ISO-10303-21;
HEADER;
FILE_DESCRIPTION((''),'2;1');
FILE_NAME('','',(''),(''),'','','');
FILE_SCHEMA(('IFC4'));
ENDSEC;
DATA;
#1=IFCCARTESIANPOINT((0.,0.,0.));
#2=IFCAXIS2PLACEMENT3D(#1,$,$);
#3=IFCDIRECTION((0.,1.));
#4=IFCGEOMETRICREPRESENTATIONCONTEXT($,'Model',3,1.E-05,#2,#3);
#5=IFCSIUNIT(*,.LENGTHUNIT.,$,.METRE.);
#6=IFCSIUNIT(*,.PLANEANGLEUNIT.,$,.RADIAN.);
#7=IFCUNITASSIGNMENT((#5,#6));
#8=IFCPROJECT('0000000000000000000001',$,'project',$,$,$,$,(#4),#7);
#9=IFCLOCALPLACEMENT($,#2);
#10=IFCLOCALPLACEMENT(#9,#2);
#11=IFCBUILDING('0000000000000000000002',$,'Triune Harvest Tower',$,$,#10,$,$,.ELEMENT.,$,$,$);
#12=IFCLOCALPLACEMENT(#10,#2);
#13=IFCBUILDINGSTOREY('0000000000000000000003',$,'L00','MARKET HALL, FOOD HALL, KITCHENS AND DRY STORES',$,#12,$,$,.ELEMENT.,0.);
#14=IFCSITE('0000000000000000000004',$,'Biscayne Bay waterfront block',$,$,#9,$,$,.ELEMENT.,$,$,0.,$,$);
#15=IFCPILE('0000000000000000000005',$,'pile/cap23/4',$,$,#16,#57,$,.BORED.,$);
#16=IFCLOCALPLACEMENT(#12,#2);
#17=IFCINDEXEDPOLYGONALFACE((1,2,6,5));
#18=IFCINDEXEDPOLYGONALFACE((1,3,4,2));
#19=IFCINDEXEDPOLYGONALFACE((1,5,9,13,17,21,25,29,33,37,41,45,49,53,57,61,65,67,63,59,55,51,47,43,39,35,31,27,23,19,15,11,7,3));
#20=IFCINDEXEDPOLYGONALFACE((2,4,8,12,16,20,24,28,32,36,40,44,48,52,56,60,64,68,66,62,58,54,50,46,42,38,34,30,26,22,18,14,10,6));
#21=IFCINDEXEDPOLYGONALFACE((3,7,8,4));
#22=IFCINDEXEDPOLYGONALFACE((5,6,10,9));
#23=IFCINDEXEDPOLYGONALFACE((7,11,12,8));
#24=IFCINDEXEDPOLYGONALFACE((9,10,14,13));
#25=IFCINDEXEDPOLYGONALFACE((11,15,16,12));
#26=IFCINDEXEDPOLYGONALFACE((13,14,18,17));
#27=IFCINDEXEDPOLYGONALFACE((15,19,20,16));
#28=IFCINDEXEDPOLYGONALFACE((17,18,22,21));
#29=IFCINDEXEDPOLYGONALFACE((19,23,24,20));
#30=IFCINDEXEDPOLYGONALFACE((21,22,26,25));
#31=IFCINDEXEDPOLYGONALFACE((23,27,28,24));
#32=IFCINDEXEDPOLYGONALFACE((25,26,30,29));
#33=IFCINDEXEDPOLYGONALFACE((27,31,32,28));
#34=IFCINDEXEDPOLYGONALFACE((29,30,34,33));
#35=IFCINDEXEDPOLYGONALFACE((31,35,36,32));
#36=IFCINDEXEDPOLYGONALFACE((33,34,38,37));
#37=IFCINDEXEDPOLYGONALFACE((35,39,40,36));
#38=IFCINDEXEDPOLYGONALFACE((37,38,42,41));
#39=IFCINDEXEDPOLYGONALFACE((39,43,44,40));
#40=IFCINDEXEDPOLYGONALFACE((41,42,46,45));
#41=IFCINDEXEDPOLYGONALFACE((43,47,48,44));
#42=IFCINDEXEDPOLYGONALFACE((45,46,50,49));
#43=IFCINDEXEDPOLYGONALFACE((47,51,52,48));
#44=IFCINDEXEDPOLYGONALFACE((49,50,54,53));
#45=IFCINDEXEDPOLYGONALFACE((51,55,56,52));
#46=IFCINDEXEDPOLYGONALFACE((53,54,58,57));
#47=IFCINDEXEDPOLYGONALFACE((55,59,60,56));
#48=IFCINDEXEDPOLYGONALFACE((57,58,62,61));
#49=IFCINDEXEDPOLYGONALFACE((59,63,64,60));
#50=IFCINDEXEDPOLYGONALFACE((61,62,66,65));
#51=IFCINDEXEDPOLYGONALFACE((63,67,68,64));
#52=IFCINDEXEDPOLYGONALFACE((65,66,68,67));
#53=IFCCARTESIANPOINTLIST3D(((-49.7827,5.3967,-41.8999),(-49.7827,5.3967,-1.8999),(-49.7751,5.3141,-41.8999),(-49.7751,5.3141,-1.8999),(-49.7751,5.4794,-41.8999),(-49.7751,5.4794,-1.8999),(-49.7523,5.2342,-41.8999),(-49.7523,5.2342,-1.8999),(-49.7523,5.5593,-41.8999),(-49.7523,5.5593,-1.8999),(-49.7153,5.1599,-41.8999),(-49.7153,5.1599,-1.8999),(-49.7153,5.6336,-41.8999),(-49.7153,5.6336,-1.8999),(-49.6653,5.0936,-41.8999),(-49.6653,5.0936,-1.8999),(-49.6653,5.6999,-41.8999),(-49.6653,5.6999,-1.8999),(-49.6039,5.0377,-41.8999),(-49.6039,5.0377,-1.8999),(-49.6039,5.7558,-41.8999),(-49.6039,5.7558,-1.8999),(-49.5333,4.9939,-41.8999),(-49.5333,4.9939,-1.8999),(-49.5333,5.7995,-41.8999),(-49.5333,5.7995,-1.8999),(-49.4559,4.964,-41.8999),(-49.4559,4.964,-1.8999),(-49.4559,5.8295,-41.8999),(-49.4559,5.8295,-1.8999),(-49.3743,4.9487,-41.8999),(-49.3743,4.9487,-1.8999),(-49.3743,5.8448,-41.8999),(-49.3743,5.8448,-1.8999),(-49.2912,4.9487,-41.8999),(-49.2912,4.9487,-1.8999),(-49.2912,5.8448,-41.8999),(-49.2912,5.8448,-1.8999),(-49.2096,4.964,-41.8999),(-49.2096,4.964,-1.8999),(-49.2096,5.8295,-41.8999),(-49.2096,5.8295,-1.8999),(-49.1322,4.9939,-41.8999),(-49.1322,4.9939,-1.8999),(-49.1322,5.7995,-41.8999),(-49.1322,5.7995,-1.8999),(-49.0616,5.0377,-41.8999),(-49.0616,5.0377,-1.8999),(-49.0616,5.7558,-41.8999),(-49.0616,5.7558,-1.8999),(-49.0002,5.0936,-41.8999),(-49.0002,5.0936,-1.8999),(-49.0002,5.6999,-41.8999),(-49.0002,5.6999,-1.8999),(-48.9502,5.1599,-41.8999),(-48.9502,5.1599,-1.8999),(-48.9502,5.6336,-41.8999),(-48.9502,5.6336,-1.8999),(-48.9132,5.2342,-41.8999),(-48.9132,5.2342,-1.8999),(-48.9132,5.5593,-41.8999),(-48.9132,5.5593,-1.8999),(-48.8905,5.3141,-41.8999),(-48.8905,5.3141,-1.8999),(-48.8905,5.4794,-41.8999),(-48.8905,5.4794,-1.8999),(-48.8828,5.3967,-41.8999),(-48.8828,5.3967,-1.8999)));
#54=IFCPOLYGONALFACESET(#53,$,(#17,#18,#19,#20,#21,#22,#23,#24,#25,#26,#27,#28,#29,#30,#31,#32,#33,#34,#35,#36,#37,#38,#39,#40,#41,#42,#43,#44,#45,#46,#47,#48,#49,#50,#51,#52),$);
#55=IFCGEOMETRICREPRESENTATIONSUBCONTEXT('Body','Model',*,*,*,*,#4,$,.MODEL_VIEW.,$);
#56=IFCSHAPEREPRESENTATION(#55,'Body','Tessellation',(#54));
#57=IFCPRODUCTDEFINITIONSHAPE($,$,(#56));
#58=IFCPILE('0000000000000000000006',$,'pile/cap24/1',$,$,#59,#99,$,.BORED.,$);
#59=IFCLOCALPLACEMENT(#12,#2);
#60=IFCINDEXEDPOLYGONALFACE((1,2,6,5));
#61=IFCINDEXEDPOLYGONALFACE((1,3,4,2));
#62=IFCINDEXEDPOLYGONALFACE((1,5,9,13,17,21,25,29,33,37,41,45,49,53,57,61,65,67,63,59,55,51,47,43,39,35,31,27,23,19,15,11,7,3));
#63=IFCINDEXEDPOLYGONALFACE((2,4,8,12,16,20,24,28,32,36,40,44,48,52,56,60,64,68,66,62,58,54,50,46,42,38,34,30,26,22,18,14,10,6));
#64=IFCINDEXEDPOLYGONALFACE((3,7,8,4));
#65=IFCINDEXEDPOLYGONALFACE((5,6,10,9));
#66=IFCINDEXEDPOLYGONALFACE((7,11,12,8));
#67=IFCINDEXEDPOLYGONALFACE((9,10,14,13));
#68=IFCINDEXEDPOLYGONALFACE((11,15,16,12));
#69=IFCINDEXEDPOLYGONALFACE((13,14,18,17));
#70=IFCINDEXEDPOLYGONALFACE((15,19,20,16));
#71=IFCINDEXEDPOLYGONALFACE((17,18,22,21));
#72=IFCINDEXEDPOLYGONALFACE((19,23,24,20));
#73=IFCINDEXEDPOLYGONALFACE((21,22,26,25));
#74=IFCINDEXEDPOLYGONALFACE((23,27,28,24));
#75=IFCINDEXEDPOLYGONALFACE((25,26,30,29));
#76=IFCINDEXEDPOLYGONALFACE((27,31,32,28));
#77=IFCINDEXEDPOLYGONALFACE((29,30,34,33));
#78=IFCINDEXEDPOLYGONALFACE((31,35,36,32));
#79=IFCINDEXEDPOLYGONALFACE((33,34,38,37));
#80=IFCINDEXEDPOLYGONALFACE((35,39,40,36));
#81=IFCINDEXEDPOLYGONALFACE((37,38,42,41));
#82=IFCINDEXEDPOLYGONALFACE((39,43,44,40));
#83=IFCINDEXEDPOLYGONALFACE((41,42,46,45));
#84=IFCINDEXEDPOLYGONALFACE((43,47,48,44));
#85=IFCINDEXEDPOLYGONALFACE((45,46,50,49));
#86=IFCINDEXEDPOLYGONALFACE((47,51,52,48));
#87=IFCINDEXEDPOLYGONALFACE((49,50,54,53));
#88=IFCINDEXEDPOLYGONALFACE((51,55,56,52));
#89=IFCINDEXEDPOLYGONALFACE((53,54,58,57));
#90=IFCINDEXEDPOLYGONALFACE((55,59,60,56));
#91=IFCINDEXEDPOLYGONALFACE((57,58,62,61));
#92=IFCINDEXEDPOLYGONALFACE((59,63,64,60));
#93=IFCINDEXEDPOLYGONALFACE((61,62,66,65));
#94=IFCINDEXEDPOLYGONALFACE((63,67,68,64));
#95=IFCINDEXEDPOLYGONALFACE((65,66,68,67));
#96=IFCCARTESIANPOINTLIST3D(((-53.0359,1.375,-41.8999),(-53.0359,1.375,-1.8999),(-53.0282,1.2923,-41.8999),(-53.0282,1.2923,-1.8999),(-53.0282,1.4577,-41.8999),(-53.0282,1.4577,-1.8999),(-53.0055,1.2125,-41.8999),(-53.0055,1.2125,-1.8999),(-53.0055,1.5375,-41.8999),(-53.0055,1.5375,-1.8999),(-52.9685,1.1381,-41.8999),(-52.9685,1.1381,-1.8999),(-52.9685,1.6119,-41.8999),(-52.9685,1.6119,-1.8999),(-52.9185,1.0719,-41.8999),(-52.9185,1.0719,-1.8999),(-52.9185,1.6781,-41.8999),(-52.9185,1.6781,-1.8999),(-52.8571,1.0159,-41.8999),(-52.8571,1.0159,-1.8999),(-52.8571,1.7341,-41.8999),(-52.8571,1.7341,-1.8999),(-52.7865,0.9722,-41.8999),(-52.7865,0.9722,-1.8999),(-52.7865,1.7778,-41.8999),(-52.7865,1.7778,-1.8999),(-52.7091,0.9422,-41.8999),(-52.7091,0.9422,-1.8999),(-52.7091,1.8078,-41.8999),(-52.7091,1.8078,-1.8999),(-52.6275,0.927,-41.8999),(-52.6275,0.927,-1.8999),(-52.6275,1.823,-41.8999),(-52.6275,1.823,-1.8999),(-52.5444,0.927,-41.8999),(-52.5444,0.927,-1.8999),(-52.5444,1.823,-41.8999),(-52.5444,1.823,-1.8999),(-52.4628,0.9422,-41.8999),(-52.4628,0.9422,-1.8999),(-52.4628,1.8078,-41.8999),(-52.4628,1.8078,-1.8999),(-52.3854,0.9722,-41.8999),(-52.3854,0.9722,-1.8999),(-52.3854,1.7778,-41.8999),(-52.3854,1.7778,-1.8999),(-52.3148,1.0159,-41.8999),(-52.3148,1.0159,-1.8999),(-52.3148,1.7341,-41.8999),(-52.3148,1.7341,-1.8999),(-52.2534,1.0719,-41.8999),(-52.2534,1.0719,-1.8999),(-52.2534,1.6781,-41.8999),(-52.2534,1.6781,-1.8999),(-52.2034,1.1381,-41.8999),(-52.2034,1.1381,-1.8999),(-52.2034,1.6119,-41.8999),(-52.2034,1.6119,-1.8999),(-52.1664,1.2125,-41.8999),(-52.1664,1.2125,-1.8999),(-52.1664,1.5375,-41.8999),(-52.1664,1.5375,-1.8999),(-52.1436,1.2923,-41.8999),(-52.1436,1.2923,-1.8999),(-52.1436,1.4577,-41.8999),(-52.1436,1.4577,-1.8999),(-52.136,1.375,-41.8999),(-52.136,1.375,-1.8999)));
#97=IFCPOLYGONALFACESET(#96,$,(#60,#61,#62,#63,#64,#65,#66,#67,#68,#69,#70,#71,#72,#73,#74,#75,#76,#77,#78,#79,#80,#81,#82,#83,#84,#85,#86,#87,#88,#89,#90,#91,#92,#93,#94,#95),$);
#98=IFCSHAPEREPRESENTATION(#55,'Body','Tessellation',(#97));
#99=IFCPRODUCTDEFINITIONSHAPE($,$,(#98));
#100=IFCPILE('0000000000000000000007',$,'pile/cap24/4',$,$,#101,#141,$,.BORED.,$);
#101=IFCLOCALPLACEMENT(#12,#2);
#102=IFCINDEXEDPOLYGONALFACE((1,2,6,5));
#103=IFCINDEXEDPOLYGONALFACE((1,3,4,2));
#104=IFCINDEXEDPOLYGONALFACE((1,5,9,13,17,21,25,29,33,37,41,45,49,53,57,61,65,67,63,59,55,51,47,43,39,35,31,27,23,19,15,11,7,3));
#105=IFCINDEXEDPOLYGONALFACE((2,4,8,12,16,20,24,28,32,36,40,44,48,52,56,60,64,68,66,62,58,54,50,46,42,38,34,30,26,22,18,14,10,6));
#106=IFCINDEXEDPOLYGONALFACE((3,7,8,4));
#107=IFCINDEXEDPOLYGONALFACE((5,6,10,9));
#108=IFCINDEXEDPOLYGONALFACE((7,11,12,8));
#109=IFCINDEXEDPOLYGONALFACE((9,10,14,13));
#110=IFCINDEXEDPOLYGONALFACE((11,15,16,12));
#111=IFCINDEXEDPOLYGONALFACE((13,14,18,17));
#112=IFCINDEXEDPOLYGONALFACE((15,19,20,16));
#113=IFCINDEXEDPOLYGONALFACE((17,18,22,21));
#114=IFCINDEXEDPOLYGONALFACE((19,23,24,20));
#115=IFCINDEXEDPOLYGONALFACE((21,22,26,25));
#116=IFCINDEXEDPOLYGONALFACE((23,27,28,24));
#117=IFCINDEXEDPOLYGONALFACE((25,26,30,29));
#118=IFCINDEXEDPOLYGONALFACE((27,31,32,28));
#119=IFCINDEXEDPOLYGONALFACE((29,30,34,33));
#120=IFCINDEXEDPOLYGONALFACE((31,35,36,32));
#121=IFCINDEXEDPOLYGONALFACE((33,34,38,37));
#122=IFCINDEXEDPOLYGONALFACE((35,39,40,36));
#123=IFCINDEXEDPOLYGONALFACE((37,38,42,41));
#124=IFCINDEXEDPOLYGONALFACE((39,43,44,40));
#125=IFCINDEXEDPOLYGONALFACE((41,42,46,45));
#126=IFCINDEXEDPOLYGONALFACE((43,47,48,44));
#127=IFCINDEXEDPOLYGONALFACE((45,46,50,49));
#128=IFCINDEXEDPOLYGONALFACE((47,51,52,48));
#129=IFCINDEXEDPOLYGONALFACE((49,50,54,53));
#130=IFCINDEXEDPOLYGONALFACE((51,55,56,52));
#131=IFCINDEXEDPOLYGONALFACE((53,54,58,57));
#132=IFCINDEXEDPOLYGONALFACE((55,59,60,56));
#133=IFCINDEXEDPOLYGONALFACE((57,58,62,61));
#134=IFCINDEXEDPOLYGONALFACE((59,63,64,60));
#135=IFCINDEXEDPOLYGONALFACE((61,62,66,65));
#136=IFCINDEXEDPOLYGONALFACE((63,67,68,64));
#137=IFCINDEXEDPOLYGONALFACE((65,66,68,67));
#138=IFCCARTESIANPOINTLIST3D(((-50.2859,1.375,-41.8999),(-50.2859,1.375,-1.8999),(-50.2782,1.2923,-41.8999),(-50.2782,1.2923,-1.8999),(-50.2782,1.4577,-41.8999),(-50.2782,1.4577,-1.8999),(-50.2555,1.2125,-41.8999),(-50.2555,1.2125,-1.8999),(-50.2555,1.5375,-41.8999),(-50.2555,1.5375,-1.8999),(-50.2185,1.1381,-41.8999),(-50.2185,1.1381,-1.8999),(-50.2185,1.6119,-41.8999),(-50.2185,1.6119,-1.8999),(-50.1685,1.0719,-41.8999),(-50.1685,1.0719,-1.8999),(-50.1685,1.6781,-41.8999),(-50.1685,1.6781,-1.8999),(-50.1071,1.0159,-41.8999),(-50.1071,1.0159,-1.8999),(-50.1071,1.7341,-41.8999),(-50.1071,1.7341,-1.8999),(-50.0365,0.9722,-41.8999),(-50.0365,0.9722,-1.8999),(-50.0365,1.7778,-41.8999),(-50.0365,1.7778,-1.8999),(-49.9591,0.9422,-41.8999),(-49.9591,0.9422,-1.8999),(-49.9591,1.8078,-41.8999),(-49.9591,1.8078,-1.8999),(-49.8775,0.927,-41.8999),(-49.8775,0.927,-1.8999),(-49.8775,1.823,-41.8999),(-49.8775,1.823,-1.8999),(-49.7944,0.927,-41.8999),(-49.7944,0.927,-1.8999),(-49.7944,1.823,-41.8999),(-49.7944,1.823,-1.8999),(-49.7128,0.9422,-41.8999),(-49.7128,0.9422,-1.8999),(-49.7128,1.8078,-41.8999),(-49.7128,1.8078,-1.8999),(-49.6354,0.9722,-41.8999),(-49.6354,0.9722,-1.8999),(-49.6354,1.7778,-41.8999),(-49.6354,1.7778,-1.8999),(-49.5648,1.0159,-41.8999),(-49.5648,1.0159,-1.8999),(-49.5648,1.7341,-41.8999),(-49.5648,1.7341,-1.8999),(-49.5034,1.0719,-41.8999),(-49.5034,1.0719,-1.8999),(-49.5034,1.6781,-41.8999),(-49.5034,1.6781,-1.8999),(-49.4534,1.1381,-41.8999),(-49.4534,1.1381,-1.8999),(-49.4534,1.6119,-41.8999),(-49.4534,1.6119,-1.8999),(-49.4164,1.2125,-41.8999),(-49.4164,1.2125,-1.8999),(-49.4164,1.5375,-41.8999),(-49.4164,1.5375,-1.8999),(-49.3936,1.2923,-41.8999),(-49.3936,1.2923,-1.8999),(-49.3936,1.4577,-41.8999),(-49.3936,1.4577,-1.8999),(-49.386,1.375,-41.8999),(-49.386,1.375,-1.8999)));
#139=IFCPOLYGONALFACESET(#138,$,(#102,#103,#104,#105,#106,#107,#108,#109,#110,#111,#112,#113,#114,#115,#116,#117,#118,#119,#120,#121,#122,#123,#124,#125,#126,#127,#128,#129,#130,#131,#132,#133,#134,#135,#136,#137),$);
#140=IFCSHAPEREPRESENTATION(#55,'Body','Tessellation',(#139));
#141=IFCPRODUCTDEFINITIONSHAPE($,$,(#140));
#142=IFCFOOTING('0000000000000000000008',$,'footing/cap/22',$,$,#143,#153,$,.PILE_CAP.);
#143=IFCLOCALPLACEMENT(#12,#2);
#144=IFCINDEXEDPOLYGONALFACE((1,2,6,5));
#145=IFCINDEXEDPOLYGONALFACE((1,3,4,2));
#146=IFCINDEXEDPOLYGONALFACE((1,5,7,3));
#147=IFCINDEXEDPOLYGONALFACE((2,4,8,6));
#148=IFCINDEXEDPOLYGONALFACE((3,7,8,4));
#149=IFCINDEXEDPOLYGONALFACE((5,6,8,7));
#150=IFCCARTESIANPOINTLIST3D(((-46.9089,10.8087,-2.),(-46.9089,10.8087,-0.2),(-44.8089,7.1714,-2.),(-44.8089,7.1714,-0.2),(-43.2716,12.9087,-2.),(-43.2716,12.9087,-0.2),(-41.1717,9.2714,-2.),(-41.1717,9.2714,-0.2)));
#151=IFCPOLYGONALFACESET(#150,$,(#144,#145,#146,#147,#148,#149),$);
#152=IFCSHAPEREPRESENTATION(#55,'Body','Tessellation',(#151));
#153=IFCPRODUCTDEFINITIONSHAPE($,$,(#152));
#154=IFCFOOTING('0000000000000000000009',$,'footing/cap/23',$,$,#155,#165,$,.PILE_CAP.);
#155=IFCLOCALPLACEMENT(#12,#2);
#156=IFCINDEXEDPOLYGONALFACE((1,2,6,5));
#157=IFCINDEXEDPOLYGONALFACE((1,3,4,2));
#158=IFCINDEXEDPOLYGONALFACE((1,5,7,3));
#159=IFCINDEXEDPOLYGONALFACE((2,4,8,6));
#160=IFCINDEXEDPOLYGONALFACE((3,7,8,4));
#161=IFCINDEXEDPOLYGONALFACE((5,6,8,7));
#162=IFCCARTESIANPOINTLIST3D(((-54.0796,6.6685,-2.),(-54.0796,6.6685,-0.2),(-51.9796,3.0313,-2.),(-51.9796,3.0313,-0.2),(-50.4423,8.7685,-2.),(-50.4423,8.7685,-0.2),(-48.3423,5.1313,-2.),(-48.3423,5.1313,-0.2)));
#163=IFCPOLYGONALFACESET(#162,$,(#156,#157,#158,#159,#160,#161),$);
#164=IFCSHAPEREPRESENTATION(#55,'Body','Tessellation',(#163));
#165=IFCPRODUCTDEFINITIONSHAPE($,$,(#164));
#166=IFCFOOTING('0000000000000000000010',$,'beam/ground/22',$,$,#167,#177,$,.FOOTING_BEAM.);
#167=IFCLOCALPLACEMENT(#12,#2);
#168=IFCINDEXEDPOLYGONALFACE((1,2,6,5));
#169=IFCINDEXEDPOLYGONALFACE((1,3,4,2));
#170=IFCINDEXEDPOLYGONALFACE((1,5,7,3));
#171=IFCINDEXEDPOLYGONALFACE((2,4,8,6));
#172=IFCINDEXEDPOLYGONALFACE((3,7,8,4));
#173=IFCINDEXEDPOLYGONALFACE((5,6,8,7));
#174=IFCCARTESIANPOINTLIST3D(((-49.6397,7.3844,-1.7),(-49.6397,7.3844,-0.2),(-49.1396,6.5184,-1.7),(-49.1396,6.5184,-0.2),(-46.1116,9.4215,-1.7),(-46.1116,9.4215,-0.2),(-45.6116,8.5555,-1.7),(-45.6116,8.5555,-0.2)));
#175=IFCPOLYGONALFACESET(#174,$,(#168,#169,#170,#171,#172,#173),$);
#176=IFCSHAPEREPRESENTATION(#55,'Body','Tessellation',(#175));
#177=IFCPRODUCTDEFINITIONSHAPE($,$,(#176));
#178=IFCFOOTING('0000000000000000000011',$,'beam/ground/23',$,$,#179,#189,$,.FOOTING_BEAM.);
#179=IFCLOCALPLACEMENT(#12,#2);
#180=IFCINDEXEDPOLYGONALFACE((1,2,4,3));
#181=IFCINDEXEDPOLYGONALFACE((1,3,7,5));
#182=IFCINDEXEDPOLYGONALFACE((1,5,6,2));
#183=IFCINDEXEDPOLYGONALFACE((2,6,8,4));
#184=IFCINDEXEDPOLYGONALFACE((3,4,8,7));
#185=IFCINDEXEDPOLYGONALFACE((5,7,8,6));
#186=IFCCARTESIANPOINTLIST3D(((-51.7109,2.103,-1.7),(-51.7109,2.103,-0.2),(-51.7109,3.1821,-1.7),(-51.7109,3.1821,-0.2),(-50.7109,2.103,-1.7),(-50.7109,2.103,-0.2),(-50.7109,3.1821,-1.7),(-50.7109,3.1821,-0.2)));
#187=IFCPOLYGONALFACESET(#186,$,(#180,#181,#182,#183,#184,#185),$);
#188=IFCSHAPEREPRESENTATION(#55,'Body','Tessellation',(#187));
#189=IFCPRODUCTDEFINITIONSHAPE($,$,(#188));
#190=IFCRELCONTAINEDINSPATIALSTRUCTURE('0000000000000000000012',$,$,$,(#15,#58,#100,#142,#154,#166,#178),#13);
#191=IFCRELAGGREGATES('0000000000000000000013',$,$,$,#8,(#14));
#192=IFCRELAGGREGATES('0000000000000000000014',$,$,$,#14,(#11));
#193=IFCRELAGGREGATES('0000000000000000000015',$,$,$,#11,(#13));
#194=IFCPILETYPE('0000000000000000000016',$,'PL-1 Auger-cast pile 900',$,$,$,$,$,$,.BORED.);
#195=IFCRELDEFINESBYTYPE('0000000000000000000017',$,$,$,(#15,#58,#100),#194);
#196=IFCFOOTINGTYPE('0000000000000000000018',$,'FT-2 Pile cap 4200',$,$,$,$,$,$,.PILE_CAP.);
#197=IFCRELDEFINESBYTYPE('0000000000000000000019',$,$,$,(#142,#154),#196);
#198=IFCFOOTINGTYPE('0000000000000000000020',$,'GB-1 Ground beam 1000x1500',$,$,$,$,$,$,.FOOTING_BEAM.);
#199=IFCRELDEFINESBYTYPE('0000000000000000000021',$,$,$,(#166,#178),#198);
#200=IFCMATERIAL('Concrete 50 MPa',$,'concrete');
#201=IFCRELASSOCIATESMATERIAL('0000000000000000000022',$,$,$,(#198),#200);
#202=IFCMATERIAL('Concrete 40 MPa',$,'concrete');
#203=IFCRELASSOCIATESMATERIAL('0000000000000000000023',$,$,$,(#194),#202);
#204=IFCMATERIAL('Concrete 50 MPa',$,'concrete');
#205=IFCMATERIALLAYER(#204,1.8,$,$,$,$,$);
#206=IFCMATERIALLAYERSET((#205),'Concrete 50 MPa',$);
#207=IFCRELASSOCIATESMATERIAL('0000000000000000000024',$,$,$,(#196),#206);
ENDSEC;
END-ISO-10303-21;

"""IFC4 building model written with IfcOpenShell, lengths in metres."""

from ifc_helpers import new_model, si_unit, direction, frame, origin, origin_2d, place, context, subcontext, project, spatial, rectangle, circle, extrude, source, transform, mapped, material, layer, layer_set, material_profile, profile_set, type_object, element, save


model = new_model("IFC4")

# Units and contexts
model_context = context("Model", 3, precision=1e-05, world=origin(), true_north=direction((0.0, 1.0)))
body_context = subcontext(model_context, "Body", "Model", "MODEL_VIEW")
ifc_project = project(units=[si_unit("LENGTHUNIT", "METRE"), si_unit("PLANEANGLEUNIT", "RADIAN")], contexts=[model_context])

# Site, building, storey
site_placement = place(None, origin())
site = spatial("IfcSite", under=ifc_project, at=site_placement, Name="Biscayne Bay waterfront block", CompositionType="ELEMENT", RefElevation=0.0)
building_placement = place(site_placement, origin())
building = spatial("IfcBuilding", under=site, at=building_placement, Name="Triune Harvest Tower", CompositionType="ELEMENT")
storey_placement = place(building_placement, origin())
storey = spatial("IfcBuildingStorey", under=building, at=storey_placement, Name="L00", Description="MARKET HALL, FOOD HALL, KITCHENS AND DRY STORES", CompositionType="ELEMENT", Elevation=0.0)

# Shared definitions
ifc_material_1 = material(Name="Concrete 50 MPa", Category="concrete")
ifc_material_profile_1 = material_profile(ifc_material_1, rectangle(XDim=1.0, YDim=1.5, at=origin_2d()), Name="Concrete 1000x1500")
ifc_profile_set_1 = profile_set([ifc_material_profile_1], Name="Concrete 50 MPa")
footing_type_1 = type_object("IfcFootingType", Name="GB-1 Ground beam 1000x1500", PredefinedType="FOOTING_BEAM", material=ifc_profile_set_1)

# Piles
ifc_material_2 = material(Name="Concrete 40 MPa", Category="concrete")
ifc_material_profile_2 = material_profile(ifc_material_2, circle(Radius=0.45, at=origin_2d()), Name="Bored 900")
ifc_profile_set_2 = profile_set([ifc_material_profile_2], Name="Concrete 40 MPa")
pile_type = type_object("IfcPileType", Name="PL-1 Auger-cast pile 900", PredefinedType="BORED", material=ifc_profile_set_2)
shared_shape_1 = source(origin(), body_context, "Body", "SweptSolid", [
    extrude(circle(Radius=0.45, at=origin_2d()), origin(), (0.0, 0.0, 1.0), 40.0),
])
for number, where, z_axis, x_axis, name in (
    (1, (-49.3328, 5.3967, -1.8999), (0.0, 0.0, -1.0), (1.0, 0.0, 0.0), "pile/cap23/4"),
    (2, (-52.5859, 1.375, -1.8999), (0.0, 0.0, -1.0), (1.0, 0.0, 0.0), "pile/cap24/1"),
    (3, (-49.8359, 1.375, -1.8999), (0.0, 0.0, -1.0), (1.0, 0.0, 0.0), "pile/cap24/4"),
):
    element("IfcPile", number, at=place(storey_placement, frame(where, z_axis=z_axis, x_axis=x_axis)), inside=storey, type_object=pile_type, Name=name, PredefinedType="BORED", context=body_context, shape_type="MappedRepresentation", body=[
        mapped(shared_shape_1, transform((0.0, 0.0, 0.0), scale=1.0)),
    ])

# Footings
ifc_material_3 = material(Name="Concrete 50 MPa", Category="concrete")
ifc_layer_1 = layer(ifc_material_3, 1.8)
ifc_layer_set_1 = layer_set([ifc_layer_1], Name="Concrete 50 MPa")
footing_type_2 = type_object("IfcFootingType", Name="FT-2 Pile cap 4200", PredefinedType="PILE_CAP", material=ifc_layer_set_1)
shared_shape_2 = source(origin(), body_context, "Body", "SweptSolid", [
    extrude(rectangle(XDim=4.2, YDim=4.2, at=origin_2d()), origin(), (0.0, 0.0, 1.0), 1.8),
])
for number, where, z_axis, x_axis, name in (
    (4, (-44.0403, 10.04, -2.0), (0.0, 0.0, 1.0), (-0.866025, -0.5, 0.0), "footing/cap/22"),
    (5, (-51.2109, 5.8999, -2.0), (0.0, 0.0, 1.0), (-0.866025, -0.5, 0.0), "footing/cap/23"),
):
    element("IfcFooting", number, at=place(storey_placement, frame(where, z_axis=z_axis, x_axis=x_axis)), inside=storey, type_object=footing_type_2, Name=name, PredefinedType="PILE_CAP", context=body_context, shape_type="MappedRepresentation", body=[
        mapped(shared_shape_2, transform((0.0, 0.0, 0.0), scale=1.0)),
    ])
shared_shape_3 = source(origin(), body_context, "Body", "SweptSolid", [
    extrude(rectangle(XDim=1.0, YDim=1.5, at=origin_2d()), origin(), (0.0, 0.0, 1.0), 4.074),
])
footing_1_placement = place(storey_placement, frame((-45.8616, 8.9885, -0.95), z_axis=(-0.866007, -0.500032, 0.0), x_axis=(0.500032, -0.866007, 0.0)))
element("IfcFooting", 6, at=footing_1_placement, inside=storey, type_object=footing_type_1, Name="beam/ground/22", PredefinedType="FOOTING_BEAM", context=body_context, shape_type="MappedRepresentation", body=[
    mapped(shared_shape_3, transform((0.0, 0.0, 0.0), scale=1.0)),
])
shared_shape_4 = source(origin(), body_context, "Body", "SweptSolid", [
    extrude(rectangle(XDim=1.0, YDim=1.5, at=origin_2d()), origin(), (0.0, 0.0, 1.0), 1.0791),
])
footing_2_placement = place(storey_placement, frame((-51.2109, 3.1821, -0.95), z_axis=(0.0, -1.0, 0.0), x_axis=(1.0, 0.0, 0.0)))
element("IfcFooting", 7, at=footing_2_placement, inside=storey, type_object=footing_type_1, Name="beam/ground/23", PredefinedType="FOOTING_BEAM", context=body_context, shape_type="MappedRepresentation", body=[
    mapped(shared_shape_4, transform((0.0, 0.0, 0.0), scale=1.0)),
])

save(model, "model.ifc")
